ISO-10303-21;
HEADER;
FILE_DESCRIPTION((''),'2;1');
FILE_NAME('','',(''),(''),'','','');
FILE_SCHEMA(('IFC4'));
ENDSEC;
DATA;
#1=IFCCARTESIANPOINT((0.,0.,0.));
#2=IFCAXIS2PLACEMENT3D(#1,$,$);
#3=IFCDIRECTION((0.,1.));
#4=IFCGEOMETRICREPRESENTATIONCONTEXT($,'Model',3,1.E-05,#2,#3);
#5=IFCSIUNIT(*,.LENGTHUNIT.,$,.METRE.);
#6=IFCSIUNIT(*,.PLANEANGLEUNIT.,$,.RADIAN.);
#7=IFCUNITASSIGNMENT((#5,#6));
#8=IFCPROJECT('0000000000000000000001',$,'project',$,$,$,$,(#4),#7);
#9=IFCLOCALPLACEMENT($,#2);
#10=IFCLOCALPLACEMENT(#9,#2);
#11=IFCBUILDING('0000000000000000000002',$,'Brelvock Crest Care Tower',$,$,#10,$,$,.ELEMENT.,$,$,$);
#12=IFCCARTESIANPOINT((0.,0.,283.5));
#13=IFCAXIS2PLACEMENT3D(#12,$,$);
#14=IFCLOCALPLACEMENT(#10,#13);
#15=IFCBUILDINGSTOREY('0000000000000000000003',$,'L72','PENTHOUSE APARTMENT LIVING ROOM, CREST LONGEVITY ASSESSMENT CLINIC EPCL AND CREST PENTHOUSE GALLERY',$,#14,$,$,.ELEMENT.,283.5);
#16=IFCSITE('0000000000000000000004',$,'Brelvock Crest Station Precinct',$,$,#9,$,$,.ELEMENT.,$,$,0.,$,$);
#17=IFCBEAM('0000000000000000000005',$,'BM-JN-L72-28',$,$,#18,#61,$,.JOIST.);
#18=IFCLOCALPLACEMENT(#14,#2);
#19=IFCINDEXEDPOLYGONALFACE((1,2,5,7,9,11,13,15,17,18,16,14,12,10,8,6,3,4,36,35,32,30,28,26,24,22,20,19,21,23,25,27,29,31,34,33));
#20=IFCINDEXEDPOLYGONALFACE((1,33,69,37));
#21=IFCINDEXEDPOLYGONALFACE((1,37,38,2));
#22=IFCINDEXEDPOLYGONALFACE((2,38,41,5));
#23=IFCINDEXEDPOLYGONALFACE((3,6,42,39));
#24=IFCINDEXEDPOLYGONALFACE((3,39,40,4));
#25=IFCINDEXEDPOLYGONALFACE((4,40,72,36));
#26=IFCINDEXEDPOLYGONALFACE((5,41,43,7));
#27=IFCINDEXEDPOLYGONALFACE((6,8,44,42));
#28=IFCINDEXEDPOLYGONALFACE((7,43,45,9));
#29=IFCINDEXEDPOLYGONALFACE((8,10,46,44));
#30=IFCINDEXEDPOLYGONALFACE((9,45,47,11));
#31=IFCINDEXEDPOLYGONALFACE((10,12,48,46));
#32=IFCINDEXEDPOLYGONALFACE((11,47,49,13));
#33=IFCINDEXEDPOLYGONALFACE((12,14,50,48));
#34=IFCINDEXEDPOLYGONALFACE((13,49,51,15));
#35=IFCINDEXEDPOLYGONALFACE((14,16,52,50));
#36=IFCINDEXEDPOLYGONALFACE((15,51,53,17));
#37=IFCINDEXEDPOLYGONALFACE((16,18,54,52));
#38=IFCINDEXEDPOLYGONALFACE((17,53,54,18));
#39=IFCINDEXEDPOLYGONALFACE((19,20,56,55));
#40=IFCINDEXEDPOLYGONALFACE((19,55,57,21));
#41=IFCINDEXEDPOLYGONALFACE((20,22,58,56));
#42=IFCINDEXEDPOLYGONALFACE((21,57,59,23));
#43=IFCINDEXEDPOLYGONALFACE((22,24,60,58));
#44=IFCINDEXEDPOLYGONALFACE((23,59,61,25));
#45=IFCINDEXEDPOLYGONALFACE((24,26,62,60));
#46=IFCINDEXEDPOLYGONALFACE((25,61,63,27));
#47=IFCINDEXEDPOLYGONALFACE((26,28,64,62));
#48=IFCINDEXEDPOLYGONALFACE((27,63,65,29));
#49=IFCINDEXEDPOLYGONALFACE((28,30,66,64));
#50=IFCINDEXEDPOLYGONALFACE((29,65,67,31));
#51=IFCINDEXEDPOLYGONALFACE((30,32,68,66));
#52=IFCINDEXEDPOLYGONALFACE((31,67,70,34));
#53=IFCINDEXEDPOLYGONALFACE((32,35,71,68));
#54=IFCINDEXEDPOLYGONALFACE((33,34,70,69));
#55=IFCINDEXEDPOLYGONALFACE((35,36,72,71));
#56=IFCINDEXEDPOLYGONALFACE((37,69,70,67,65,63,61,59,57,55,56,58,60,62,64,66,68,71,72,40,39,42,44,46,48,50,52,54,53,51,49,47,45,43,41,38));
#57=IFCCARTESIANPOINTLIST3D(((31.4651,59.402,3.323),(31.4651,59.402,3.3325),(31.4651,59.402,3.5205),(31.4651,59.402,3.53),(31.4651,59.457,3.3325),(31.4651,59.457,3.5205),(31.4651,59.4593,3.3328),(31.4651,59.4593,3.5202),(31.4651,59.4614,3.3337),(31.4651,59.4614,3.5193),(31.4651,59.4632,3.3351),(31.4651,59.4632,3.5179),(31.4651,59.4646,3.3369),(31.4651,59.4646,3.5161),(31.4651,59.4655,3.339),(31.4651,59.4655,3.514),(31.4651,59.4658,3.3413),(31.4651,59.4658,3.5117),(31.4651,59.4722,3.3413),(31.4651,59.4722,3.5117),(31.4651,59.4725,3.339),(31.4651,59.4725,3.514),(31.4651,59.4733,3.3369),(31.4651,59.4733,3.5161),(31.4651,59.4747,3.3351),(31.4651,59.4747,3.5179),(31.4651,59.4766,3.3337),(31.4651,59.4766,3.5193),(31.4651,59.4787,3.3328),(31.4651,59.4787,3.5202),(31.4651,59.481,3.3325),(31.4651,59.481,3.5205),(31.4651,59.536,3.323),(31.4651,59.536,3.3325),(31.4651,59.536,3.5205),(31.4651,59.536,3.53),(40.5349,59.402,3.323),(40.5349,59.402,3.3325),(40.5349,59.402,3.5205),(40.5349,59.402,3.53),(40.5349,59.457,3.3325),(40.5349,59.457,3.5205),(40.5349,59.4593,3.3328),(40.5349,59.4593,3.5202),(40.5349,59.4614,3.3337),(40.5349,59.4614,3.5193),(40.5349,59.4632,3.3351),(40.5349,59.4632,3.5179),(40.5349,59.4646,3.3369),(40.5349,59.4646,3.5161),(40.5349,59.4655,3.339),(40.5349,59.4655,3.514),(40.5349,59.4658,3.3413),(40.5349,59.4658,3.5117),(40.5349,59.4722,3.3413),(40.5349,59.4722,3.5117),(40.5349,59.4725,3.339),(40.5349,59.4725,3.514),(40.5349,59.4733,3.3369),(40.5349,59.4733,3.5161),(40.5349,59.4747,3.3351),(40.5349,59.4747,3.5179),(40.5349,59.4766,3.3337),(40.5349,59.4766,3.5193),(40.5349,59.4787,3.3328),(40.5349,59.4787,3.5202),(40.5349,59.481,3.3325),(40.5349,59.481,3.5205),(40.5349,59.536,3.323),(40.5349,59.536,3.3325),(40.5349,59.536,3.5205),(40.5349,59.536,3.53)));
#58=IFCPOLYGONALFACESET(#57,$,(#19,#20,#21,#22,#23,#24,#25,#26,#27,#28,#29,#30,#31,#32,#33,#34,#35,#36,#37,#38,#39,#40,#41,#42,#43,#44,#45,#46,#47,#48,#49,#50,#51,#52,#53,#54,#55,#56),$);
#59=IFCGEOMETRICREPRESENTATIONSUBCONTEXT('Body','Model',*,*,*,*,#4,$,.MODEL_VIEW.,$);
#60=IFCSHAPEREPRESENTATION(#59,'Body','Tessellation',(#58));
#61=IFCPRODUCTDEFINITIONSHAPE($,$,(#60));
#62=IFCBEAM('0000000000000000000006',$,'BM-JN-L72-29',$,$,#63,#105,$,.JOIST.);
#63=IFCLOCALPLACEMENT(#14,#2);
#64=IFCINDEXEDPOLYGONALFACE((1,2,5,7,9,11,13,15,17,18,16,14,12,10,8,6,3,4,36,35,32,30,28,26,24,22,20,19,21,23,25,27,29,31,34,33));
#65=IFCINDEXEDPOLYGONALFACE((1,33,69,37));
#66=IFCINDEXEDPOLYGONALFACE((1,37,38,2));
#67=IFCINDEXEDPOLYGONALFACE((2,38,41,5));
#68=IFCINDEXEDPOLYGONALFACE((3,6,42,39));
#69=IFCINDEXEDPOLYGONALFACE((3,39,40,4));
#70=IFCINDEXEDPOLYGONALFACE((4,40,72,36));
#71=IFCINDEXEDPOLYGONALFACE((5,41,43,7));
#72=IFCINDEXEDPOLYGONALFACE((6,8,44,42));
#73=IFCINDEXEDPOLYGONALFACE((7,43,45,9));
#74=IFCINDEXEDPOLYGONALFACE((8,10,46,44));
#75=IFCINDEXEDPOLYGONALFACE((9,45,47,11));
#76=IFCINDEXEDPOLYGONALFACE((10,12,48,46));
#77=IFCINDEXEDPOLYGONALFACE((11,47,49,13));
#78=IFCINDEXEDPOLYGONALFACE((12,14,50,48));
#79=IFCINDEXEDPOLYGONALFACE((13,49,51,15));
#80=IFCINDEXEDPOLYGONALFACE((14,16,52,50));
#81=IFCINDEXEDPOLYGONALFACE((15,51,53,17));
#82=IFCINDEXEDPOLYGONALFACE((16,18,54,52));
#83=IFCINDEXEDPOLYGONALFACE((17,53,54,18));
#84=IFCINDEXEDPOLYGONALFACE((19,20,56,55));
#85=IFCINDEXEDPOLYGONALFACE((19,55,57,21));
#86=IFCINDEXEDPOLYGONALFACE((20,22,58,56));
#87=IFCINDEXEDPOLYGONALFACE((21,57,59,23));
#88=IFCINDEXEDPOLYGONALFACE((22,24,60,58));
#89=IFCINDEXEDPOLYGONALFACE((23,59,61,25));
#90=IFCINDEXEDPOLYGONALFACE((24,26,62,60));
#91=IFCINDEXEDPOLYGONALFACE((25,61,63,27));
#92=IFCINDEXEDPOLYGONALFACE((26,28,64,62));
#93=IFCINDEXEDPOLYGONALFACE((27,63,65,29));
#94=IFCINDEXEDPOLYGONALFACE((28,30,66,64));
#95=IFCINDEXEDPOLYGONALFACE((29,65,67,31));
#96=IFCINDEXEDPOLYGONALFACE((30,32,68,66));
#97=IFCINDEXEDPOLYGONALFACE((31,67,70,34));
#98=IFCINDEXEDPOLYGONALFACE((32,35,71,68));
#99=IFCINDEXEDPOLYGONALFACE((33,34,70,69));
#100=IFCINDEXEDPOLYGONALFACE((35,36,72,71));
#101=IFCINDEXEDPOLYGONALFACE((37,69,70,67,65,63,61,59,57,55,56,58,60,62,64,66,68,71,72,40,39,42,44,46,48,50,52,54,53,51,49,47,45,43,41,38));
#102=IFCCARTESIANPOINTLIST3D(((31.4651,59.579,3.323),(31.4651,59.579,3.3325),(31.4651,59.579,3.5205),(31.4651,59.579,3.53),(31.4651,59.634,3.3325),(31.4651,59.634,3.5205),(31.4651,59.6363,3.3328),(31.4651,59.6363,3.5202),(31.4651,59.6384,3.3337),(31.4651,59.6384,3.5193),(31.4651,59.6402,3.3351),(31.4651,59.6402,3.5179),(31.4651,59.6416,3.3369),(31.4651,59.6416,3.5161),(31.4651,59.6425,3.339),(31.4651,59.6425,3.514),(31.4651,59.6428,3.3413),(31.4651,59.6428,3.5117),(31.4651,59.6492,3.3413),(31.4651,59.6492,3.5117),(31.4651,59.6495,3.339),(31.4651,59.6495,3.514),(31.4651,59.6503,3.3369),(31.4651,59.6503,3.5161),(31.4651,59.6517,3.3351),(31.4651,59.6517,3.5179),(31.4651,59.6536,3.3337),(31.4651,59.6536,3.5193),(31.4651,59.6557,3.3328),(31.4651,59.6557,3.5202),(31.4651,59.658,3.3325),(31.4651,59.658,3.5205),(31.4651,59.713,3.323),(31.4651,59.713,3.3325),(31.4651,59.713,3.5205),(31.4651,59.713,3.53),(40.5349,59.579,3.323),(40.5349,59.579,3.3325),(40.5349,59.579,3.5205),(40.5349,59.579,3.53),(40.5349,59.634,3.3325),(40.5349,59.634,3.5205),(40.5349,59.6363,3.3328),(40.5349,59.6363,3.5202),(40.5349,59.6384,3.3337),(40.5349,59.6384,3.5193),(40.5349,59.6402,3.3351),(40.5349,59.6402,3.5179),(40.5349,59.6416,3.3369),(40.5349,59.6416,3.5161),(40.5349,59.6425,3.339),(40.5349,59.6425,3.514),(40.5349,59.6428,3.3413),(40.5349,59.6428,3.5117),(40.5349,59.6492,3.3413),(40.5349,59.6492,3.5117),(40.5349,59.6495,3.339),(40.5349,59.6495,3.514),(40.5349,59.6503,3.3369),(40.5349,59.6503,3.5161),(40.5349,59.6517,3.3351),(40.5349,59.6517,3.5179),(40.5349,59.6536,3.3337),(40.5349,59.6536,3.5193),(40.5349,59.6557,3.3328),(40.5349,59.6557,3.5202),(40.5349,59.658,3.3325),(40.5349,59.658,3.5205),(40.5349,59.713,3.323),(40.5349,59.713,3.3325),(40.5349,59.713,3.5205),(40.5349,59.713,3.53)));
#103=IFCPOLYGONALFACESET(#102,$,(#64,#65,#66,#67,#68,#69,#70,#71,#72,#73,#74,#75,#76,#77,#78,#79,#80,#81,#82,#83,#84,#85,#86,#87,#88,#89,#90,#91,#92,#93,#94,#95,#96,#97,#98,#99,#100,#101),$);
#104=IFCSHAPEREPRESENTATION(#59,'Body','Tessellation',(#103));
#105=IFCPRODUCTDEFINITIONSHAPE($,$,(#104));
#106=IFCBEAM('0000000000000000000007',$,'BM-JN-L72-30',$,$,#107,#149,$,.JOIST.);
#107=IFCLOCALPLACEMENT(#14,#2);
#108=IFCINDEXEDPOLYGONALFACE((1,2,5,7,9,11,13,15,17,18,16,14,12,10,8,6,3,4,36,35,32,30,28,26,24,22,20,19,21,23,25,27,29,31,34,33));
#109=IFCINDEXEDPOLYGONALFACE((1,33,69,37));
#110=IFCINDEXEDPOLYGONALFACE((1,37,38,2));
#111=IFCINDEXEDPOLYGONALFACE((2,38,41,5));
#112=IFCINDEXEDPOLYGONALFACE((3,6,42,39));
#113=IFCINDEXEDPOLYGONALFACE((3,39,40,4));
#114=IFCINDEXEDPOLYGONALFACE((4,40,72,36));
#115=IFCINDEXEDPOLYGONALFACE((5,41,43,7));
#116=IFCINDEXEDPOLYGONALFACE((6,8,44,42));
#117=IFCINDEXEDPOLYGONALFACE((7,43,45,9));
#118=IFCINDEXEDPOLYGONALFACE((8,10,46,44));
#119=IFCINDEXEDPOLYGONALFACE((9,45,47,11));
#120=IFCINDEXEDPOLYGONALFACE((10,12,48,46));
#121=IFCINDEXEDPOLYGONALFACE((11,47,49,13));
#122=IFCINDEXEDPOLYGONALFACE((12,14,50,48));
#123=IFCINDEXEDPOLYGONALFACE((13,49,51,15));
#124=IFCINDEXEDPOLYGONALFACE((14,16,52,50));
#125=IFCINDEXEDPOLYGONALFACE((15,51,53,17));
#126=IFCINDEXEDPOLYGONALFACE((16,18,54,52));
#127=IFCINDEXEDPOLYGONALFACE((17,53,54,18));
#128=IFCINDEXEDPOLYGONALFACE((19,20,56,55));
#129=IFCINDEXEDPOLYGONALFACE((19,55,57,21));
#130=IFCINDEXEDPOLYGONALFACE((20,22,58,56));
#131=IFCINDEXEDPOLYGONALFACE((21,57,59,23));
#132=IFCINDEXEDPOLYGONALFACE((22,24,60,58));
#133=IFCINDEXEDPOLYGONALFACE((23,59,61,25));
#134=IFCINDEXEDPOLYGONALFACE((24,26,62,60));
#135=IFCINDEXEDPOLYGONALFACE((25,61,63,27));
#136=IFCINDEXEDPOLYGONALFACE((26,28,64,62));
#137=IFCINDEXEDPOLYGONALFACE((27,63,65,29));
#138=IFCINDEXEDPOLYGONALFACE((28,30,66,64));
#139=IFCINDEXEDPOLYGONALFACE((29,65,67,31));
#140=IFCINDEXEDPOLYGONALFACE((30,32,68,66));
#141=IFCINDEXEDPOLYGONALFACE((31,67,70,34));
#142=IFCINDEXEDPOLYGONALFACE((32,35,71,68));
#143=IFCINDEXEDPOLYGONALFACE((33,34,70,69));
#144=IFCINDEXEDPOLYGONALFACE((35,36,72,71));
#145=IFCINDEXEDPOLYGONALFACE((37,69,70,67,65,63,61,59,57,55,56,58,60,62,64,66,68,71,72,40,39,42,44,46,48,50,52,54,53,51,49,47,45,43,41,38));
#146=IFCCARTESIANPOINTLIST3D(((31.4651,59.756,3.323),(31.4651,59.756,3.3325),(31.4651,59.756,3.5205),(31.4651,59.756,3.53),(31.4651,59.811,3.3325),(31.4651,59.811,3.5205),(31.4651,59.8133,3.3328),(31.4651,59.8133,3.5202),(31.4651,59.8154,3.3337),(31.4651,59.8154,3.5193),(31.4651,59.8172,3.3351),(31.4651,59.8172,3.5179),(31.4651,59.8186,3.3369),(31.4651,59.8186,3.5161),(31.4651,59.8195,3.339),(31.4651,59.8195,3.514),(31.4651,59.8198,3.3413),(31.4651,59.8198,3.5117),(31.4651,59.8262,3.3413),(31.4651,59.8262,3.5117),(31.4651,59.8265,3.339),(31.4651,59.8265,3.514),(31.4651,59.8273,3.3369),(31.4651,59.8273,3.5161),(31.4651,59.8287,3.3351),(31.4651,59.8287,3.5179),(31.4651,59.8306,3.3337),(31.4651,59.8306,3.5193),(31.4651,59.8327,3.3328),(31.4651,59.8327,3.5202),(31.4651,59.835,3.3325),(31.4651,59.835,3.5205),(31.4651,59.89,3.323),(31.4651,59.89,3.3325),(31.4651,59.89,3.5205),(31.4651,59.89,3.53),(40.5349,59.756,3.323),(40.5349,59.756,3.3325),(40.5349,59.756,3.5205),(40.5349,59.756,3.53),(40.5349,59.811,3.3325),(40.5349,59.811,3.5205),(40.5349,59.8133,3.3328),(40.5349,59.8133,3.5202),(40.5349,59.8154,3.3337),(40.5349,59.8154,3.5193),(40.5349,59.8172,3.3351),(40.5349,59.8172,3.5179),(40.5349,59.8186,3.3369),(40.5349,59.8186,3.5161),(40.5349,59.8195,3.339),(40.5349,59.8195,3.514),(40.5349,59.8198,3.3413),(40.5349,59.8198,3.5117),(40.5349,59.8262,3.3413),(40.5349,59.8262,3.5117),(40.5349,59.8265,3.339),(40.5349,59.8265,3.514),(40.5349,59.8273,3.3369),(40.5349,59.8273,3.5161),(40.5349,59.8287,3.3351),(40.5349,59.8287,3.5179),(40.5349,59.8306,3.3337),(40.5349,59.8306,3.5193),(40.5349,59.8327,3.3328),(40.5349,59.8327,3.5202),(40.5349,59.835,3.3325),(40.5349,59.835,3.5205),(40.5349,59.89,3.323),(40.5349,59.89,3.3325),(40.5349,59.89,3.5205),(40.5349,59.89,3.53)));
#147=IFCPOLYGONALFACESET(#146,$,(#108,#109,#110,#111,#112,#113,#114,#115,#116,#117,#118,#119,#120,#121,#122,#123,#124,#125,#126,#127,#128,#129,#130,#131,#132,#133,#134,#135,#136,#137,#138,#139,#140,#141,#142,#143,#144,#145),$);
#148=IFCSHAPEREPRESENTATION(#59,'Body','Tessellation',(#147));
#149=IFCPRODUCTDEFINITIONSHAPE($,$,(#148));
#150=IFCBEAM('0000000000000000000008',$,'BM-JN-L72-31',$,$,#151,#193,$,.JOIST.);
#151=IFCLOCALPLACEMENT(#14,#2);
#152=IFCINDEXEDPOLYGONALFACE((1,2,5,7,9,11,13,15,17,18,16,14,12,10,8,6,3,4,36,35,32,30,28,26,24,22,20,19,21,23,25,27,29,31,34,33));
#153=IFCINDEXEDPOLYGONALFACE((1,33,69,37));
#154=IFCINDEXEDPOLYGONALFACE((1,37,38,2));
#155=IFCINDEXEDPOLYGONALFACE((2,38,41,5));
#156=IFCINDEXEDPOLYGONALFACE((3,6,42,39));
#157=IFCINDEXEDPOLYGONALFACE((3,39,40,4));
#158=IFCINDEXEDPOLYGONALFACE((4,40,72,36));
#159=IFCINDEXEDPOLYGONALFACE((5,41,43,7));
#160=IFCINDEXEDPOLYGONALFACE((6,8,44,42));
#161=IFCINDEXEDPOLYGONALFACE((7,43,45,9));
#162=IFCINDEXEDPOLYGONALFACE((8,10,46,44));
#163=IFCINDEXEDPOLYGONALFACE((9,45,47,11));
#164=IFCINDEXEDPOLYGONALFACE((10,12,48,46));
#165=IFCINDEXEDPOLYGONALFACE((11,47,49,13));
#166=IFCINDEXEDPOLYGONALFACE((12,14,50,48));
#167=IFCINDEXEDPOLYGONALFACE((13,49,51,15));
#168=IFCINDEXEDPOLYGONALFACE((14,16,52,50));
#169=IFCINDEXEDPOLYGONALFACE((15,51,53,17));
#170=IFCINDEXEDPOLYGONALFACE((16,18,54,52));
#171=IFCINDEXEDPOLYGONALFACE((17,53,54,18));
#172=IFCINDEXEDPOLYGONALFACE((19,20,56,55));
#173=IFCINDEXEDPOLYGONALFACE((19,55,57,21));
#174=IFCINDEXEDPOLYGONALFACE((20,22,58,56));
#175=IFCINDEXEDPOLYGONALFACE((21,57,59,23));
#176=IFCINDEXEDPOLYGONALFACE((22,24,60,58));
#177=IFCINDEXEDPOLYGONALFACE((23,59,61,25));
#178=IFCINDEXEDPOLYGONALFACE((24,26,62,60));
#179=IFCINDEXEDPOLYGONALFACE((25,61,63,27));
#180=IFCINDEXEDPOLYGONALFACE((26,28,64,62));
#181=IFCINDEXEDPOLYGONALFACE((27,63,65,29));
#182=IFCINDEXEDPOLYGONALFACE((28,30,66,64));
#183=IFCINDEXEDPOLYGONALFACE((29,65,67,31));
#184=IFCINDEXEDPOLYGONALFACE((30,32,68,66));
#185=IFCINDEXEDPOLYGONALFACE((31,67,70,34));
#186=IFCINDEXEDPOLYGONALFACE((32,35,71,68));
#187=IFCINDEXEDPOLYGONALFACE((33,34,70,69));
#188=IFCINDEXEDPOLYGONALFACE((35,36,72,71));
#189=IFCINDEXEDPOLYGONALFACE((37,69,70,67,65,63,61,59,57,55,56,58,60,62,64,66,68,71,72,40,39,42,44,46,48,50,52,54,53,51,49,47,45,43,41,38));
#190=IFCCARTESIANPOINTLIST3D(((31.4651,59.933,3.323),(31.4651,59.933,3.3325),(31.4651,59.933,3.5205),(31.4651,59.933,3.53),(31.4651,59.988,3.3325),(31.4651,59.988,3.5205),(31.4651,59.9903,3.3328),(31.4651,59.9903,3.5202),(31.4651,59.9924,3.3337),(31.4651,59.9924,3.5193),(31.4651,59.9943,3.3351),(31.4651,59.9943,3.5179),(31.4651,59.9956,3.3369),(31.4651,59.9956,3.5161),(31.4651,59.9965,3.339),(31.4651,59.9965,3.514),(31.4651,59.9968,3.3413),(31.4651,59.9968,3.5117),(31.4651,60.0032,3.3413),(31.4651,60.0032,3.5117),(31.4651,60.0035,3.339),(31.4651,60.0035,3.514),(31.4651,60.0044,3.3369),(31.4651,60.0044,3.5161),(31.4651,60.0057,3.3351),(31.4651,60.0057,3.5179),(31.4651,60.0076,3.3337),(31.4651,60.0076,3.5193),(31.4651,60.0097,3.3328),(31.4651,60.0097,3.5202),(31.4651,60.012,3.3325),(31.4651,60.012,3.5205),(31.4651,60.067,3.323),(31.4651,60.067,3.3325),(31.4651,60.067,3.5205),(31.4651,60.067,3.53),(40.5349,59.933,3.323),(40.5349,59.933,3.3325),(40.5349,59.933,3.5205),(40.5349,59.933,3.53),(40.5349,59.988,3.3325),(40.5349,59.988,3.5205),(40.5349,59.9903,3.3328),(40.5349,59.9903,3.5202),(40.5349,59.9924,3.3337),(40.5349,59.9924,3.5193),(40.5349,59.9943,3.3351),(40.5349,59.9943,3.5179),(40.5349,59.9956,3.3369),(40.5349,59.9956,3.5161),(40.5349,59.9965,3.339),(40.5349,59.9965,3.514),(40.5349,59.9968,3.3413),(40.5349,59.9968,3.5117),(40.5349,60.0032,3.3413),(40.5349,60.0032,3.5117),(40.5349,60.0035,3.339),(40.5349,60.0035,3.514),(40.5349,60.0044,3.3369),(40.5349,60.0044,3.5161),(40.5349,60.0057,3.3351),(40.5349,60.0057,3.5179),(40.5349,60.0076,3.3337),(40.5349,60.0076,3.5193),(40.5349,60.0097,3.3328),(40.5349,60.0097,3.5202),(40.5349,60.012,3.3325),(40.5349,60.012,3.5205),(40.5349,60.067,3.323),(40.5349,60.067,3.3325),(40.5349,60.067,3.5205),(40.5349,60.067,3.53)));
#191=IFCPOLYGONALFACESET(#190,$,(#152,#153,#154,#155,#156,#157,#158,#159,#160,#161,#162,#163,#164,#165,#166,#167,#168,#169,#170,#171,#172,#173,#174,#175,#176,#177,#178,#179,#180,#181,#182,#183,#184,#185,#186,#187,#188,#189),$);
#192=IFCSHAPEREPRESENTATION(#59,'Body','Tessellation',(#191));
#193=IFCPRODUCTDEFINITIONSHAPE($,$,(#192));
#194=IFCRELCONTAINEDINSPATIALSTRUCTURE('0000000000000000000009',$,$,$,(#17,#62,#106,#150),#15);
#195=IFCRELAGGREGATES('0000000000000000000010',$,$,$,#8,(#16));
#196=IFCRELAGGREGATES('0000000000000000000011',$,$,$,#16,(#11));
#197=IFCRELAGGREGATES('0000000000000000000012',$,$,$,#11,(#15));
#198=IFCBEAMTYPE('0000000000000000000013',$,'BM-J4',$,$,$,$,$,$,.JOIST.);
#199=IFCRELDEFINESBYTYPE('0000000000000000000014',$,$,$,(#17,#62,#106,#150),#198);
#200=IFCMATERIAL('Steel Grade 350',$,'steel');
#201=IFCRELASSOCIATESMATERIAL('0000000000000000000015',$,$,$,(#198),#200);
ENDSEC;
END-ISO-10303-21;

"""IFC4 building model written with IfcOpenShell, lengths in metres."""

from ifc_helpers import new_model, si_unit, direction, frame, origin, origin_2d, place, context, subcontext, project, spatial, i_section, extrude, source, transform, mapped, material, material_profile, profile_set, type_object, element, save


model = new_model("IFC4")

# Units and contexts
model_context = context("Model", 3, precision=1e-05, world=origin(), true_north=direction((0.0, 1.0)))
body_context = subcontext(model_context, "Body", "Model", "MODEL_VIEW")
ifc_project = project(units=[si_unit("LENGTHUNIT", "METRE"), si_unit("PLANEANGLEUNIT", "RADIAN")], contexts=[model_context])

# Site, building, storey
site_placement = place(None, origin())
site = spatial("IfcSite", under=ifc_project, at=site_placement, Name="Brelvock Crest Station Precinct", CompositionType="ELEMENT", RefElevation=0.0)
building_placement = place(site_placement, origin())
building = spatial("IfcBuilding", under=site, at=building_placement, Name="Brelvock Crest Care Tower", CompositionType="ELEMENT")
storey_placement = place(building_placement, frame((0.0, 0.0, 283.5)))
storey = spatial("IfcBuildingStorey", under=building, at=storey_placement, Name="L72", Description="PENTHOUSE APARTMENT LIVING ROOM, CREST LONGEVITY ASSESSMENT CLINIC EPCL AND CREST PENTHOUSE GALLERY", CompositionType="ELEMENT", Elevation=283.5)

# Shared definitions
ifc_material_1 = material(Name="Steel Grade 350", Category="steel")

# Beams
ifc_material_profile_1 = material_profile(ifc_material_1, i_section(OverallWidth=0.134, OverallDepth=0.207, WebThickness=0.0063, FlangeThickness=0.0095, FilletRadius=0.0088, at=origin_2d()), Name="200UB29.8")
ifc_profile_set_1 = profile_set([ifc_material_profile_1], Name="Steel Grade 350")
beam_type_1 = type_object("IfcBeamType", Name="BM-J4", PredefinedType="JOIST", material=ifc_profile_set_1)
shared_shape_1 = source(origin(), body_context, "Body", "SweptSolid", [
    extrude(i_section(OverallWidth=0.134, OverallDepth=0.207, WebThickness=0.0063, FlangeThickness=0.0095, FilletRadius=0.0088, at=origin_2d()), origin(), (0.0, 0.0, 1.0), 9.0698),
])
for number, where, z_axis, x_axis, name in (
    (1, (31.4651, 59.469, 3.4265), (1.0, 0.0, 0.0), (0.0, 1.0, 0.0), "BM-JN-L72-28"),
    (2, (31.4651, 59.646, 3.4265), (1.0, 0.0, 0.0), (0.0, 1.0, 0.0), "BM-JN-L72-29"),
    (3, (31.4651, 59.823, 3.4265), (1.0, 0.0, 0.0), (0.0, 1.0, 0.0), "BM-JN-L72-30"),
    (4, (31.4651, 60.0, 3.4265), (1.0, 0.0, 0.0), (0.0, 1.0, 0.0), "BM-JN-L72-31"),
):
    element("IfcBeam", number, at=place(storey_placement, frame(where, z_axis=z_axis, x_axis=x_axis)), inside=storey, type_object=beam_type_1, Name=name, PredefinedType="JOIST", context=body_context, shape_type="MappedRepresentation", body=[
        mapped(shared_shape_1, transform((0.0, 0.0, 0.0), x_axis=(1.0, 0.0, 0.0), y_axis=(0.0, 1.0, 0.0), z_axis=(0.0, 0.0, 1.0), scale=1.0)),
    ])

save(model, "model.ifc")
